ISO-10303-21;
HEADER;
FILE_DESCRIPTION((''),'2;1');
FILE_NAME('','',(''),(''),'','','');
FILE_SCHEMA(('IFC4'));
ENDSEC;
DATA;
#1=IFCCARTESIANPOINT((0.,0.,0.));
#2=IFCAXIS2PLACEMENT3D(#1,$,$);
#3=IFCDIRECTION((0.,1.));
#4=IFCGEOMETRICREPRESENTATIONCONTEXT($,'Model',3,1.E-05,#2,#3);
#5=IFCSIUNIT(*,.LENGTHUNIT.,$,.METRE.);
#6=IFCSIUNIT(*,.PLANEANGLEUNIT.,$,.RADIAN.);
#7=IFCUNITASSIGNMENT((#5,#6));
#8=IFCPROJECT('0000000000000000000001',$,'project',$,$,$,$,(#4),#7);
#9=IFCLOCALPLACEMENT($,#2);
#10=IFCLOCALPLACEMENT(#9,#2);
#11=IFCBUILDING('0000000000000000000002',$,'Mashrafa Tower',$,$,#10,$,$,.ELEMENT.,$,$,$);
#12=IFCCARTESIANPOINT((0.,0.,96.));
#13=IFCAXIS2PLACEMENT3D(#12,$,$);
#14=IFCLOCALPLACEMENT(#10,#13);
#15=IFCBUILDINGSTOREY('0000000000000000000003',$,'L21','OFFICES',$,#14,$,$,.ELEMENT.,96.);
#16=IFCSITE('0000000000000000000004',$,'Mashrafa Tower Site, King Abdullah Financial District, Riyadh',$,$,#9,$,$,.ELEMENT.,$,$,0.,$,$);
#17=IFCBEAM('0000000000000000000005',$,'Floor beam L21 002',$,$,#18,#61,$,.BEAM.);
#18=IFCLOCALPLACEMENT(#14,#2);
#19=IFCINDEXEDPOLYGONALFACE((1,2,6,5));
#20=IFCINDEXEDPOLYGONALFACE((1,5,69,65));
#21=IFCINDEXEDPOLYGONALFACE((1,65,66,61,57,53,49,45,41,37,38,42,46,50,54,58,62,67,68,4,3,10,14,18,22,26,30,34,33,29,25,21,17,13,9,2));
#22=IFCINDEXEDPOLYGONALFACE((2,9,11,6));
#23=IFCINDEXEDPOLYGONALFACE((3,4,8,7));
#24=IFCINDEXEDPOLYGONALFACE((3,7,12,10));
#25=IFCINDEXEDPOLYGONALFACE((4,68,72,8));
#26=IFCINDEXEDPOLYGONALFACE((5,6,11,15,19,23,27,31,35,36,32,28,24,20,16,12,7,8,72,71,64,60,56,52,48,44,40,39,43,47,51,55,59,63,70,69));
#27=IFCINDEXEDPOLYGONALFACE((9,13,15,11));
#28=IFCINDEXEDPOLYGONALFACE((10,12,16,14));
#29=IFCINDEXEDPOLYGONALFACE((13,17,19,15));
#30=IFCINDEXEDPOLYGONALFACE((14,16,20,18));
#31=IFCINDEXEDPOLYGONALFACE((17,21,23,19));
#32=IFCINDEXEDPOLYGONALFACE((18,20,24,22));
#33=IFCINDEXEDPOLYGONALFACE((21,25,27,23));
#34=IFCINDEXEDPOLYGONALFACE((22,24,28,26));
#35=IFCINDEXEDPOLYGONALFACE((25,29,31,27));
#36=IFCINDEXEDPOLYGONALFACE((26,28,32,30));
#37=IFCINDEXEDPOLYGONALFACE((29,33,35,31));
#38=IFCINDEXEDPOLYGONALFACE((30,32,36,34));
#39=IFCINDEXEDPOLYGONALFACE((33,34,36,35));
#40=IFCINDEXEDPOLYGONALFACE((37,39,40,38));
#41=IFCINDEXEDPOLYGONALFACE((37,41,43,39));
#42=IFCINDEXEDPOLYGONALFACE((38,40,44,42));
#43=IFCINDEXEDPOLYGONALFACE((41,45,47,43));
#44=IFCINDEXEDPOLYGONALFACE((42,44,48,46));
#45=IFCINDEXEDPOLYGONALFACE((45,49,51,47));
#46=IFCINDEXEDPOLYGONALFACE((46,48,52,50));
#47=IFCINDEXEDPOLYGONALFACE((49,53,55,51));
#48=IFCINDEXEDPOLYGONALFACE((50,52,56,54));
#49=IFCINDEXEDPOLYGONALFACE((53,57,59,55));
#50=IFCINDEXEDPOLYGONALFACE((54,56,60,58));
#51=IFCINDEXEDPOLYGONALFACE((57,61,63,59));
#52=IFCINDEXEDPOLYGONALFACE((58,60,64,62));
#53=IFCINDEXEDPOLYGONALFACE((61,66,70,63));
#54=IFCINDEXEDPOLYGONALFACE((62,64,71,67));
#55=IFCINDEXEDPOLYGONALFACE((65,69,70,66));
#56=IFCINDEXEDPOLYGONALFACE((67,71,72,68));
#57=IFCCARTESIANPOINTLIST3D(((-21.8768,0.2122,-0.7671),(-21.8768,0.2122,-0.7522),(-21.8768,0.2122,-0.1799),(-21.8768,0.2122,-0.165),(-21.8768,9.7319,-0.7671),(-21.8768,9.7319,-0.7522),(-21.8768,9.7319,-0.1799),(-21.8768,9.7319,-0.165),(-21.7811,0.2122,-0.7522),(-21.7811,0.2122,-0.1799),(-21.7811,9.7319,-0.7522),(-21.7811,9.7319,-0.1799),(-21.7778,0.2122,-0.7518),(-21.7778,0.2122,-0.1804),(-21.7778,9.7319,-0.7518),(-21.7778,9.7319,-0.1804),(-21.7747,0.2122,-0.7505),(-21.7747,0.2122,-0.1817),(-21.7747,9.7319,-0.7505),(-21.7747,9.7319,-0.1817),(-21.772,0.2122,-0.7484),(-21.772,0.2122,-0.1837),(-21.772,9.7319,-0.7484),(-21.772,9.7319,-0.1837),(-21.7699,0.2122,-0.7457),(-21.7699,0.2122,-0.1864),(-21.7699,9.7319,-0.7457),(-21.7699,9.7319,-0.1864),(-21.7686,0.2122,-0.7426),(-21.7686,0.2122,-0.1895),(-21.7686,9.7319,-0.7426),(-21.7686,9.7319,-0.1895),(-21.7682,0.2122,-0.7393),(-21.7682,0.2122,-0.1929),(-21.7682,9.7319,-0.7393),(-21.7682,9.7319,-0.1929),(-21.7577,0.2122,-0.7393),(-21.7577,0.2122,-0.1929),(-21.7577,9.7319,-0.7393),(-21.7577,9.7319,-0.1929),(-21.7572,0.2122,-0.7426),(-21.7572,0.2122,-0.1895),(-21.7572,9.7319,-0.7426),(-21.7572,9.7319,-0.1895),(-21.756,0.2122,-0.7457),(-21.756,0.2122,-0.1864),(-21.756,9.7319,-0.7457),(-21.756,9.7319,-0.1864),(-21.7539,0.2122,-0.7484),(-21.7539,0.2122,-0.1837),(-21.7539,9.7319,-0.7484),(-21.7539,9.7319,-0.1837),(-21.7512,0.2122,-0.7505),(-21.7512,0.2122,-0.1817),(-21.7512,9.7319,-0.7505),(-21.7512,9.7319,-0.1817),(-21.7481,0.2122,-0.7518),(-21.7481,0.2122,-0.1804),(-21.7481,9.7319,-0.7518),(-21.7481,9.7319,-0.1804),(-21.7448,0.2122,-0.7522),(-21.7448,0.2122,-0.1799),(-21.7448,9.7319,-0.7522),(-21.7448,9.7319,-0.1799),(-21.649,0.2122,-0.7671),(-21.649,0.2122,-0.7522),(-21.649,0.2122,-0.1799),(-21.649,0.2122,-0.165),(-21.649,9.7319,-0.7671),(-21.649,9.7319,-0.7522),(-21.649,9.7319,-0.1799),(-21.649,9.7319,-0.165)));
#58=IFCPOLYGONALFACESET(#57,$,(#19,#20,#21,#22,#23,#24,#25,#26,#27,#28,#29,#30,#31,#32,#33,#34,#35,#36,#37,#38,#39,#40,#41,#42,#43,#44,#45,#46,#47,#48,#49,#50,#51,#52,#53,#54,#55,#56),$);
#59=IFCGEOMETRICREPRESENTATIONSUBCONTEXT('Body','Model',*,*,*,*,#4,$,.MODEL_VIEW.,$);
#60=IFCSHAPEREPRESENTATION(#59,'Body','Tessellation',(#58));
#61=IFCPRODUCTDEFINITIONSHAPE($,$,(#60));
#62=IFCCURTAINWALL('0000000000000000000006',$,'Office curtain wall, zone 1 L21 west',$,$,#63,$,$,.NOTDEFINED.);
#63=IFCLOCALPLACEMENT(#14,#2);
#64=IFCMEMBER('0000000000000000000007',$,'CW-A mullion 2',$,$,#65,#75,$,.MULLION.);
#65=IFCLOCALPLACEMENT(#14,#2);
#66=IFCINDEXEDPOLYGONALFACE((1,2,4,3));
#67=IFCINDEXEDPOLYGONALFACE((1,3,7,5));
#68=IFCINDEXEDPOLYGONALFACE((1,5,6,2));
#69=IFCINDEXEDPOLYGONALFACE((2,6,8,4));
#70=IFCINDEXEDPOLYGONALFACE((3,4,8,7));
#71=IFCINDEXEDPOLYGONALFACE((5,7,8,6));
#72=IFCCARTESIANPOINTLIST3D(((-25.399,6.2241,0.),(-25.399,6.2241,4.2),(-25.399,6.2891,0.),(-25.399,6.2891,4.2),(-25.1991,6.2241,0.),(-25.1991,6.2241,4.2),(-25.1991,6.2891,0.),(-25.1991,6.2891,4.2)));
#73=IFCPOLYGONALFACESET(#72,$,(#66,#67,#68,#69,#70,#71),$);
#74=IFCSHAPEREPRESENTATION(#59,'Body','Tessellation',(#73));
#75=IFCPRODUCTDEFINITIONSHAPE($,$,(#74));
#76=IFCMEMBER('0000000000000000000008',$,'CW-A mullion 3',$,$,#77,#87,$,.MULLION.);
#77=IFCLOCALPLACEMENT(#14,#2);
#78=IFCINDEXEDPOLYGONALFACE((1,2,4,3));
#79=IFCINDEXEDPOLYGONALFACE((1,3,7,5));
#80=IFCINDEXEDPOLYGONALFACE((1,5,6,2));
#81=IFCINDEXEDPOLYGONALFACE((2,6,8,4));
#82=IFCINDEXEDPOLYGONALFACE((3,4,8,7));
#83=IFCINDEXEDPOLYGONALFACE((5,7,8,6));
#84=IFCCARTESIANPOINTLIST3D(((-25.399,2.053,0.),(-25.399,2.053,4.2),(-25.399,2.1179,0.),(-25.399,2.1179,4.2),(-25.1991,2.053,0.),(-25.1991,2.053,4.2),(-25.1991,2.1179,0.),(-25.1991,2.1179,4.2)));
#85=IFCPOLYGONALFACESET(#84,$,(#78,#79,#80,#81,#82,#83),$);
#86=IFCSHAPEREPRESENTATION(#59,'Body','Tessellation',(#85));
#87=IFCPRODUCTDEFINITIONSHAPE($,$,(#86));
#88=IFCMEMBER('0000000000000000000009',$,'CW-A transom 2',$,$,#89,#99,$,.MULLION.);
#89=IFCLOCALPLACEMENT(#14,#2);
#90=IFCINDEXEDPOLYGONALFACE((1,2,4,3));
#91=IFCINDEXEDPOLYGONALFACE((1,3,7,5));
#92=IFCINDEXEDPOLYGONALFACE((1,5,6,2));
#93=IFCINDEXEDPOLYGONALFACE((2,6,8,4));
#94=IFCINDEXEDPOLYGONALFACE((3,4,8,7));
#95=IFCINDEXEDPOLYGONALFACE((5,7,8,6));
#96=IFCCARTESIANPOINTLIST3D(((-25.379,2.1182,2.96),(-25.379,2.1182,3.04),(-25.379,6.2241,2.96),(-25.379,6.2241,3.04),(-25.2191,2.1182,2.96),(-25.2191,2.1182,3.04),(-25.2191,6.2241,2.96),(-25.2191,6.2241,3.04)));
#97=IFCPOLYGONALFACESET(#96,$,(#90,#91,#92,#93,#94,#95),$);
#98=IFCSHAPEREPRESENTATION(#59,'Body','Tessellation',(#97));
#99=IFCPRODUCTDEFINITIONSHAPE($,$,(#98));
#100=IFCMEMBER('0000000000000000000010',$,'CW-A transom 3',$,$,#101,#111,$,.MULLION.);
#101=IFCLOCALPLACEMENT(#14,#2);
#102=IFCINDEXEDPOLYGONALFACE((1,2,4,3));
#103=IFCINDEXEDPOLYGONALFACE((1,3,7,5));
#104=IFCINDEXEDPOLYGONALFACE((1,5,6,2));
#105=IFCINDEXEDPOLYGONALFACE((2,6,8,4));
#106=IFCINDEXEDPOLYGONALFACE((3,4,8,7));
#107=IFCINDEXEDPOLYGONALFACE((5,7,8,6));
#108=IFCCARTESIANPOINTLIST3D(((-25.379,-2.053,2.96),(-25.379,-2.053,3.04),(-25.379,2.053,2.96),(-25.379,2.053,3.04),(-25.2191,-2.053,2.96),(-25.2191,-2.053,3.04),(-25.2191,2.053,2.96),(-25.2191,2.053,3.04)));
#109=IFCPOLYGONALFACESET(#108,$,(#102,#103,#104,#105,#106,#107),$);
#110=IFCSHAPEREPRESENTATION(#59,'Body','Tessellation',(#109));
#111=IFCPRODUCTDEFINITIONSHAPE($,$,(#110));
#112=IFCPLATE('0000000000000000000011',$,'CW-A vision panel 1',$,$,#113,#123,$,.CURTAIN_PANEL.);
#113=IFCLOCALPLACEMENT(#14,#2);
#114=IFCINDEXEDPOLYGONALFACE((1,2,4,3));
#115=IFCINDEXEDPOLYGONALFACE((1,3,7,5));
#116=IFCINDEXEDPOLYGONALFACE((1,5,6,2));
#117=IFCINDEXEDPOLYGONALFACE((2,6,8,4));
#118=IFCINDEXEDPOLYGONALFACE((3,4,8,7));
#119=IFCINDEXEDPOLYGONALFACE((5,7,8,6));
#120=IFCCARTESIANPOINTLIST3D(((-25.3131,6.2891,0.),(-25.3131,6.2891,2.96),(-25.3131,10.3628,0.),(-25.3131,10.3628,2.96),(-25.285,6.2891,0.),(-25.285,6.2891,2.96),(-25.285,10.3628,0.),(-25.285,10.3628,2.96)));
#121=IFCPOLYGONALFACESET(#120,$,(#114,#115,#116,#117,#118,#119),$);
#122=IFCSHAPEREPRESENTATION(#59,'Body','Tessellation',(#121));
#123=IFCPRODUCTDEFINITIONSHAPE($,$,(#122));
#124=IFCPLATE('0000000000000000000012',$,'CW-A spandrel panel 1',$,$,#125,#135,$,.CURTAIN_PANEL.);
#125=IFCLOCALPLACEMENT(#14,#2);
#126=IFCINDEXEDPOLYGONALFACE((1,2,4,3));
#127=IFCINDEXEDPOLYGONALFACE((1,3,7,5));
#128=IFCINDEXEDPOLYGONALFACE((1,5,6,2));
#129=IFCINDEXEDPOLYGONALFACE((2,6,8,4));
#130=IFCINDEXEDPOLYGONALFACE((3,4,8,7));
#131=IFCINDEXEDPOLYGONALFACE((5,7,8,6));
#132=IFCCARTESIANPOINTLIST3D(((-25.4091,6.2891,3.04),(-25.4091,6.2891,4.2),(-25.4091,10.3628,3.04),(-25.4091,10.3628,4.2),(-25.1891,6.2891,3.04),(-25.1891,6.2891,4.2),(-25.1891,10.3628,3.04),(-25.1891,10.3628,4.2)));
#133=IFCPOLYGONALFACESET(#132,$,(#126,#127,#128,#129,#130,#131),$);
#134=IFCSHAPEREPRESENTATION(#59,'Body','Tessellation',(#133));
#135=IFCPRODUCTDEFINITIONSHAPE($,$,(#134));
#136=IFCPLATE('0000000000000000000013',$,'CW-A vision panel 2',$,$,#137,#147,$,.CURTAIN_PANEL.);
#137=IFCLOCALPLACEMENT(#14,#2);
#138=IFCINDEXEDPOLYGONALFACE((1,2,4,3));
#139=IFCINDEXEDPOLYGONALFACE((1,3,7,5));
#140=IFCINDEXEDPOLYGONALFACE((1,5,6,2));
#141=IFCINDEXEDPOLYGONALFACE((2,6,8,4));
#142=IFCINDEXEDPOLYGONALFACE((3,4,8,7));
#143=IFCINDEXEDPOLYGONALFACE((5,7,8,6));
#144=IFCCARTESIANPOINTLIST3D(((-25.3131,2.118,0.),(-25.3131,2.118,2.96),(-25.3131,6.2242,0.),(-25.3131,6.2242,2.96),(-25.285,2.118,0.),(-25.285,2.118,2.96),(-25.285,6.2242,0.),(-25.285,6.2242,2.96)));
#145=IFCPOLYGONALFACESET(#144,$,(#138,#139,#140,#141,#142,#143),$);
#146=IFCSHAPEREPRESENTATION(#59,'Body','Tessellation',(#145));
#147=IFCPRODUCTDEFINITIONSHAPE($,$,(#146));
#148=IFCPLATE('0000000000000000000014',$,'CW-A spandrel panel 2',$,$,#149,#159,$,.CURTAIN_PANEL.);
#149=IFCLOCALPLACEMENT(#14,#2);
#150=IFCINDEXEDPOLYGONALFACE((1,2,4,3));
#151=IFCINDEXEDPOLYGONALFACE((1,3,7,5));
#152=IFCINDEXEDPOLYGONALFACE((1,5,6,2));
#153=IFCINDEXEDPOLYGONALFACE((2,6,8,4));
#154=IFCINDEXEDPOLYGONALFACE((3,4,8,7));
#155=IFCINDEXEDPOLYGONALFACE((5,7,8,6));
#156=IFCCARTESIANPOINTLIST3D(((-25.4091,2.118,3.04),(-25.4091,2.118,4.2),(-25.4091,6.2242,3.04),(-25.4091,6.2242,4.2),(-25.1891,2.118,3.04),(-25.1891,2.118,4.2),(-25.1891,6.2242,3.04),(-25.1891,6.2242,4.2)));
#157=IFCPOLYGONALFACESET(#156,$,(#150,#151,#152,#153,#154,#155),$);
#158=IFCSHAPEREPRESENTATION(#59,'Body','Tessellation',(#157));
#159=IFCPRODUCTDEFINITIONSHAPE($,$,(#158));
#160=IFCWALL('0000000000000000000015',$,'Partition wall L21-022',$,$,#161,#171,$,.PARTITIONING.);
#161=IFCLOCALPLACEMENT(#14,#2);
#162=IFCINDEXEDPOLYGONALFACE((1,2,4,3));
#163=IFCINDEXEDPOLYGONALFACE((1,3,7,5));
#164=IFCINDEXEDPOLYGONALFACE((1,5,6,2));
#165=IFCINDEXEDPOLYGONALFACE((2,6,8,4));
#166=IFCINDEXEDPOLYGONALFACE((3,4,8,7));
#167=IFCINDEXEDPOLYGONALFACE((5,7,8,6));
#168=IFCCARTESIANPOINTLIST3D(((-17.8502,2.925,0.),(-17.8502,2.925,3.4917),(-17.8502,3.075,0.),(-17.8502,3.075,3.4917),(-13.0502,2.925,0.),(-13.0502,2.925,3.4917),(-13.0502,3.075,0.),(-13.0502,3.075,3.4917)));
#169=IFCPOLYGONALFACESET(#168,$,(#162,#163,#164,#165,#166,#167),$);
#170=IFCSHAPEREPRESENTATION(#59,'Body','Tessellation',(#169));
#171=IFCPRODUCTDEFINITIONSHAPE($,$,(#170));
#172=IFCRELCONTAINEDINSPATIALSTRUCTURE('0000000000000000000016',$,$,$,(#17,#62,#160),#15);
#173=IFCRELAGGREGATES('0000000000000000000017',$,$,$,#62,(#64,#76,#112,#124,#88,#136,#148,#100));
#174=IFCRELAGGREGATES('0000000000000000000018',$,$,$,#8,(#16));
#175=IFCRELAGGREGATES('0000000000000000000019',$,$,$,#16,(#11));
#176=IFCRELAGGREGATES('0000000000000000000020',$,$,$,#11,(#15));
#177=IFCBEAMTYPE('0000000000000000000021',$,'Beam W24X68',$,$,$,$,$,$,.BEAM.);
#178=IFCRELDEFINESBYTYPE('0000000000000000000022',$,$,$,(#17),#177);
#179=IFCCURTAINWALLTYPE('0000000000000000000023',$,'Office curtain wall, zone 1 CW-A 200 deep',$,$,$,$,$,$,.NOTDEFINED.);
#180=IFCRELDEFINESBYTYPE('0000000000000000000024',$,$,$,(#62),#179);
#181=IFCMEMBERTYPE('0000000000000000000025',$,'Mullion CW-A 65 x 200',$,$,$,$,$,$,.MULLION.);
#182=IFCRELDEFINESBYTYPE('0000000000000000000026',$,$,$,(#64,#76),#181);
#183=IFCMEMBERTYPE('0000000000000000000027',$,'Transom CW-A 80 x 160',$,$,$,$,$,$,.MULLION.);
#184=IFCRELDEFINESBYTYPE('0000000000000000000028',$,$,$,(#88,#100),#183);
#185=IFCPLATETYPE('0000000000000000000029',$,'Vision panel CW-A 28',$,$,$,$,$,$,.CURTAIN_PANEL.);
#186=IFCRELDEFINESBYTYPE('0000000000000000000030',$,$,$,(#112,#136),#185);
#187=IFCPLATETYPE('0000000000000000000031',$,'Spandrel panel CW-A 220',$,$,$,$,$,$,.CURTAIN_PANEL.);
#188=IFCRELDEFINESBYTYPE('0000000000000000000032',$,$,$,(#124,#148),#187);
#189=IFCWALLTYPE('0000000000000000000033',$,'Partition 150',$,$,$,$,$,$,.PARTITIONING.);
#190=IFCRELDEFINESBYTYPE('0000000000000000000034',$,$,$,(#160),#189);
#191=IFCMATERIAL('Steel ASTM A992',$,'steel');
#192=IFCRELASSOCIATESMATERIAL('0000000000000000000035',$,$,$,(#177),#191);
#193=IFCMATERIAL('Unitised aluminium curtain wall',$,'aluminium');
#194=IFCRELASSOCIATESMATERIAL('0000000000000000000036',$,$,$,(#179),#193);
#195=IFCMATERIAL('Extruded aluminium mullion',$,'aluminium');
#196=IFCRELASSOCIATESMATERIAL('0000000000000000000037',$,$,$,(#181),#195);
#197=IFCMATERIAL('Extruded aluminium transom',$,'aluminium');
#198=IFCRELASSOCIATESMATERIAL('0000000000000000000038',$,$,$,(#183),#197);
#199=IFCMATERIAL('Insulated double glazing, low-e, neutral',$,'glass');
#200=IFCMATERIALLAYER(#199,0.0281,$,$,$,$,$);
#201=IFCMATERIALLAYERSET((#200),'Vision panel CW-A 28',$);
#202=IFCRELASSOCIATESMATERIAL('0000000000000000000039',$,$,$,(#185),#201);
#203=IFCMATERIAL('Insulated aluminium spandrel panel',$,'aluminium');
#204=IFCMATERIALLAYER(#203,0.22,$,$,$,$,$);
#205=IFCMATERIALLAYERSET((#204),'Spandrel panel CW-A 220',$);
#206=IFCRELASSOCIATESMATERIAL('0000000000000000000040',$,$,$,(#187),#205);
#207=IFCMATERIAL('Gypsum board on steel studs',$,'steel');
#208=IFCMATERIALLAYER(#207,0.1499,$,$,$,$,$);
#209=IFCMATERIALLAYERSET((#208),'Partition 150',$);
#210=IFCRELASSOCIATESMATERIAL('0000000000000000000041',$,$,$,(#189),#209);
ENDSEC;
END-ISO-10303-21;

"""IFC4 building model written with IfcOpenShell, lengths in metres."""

from ifc_helpers import new_model, si_unit, direction, frame, frame_2d, origin, origin_2d, place, context, subcontext, project, spatial, rectangle, i_section, extrude, source, transform, mapped, material, layer, layer_set, material_profile, profile_set, type_object, type_shapes, element, aggregate, save


model = new_model("IFC4")

# Units and contexts
model_context = context("Model", 3, precision=1e-05, world=origin(), true_north=direction((0.0, 1.0)))
body_context = subcontext(model_context, "Body", "Model", "MODEL_VIEW")
ifc_project = project(units=[si_unit("LENGTHUNIT", "METRE"), si_unit("PLANEANGLEUNIT", "RADIAN")], contexts=[model_context])

# Site, building, storey
site_placement = place(None, origin())
site = spatial("IfcSite", under=ifc_project, at=site_placement, Name="Mashrafa Tower Site, King Abdullah Financial District, Riyadh", CompositionType="ELEMENT", RefElevation=0.0)
building_placement = place(site_placement, origin())
building = spatial("IfcBuilding", under=site, at=building_placement, Name="Mashrafa Tower", CompositionType="ELEMENT")
storey_placement = place(building_placement, frame((0.0, 0.0, 96.0)))
storey = spatial("IfcBuildingStorey", under=building, at=storey_placement, Name="L21", Description="OFFICES", CompositionType="ELEMENT", Elevation=96.0)

# Beam
ifc_material_1 = material(Name="Steel ASTM A992", Category="steel")
ifc_material_profile_1 = material_profile(ifc_material_1, i_section(OverallWidth=0.2278, OverallDepth=0.6021, WebThickness=0.0105, FlangeThickness=0.0149, FilletRadius=0.0129, at=origin_2d()), Name="W24X68")
ifc_profile_set_1 = profile_set([ifc_material_profile_1], Name="Steel ASTM A992")
beam_type_1 = type_object("IfcBeamType", Name="Beam W24X68", PredefinedType="BEAM", material=ifc_profile_set_1)
beam_1_placement = place(storey_placement, frame((-21.7629, 0.2122, -0.4661), z_axis=(0.0, 1.0, 0.0), x_axis=(-1.0, 0.0, 0.0)))
element("IfcBeam", 1, at=beam_1_placement, inside=storey, type_object=beam_type_1, Name="Floor beam L21 002", PredefinedType="BEAM", context=body_context, shape_type="SweptSolid", body=[
    extrude(i_section(OverallWidth=0.2278, OverallDepth=0.6021, WebThickness=0.0105, FlangeThickness=0.0149, FilletRadius=0.0129, at=origin_2d()), origin(), (0.0, 0.0, 1.0), 9.5198),
])

# Curtain wall, members, plates
ifc_material_2 = material(Name="Unitised aluminium curtain wall", Category="aluminium")
curtain_wall_type = type_object("IfcCurtainWallType", Name="Office curtain wall, zone 1 CW-A 200 deep", PredefinedType="NOTDEFINED", material=ifc_material_2)
curtain_wall_placement = place(storey_placement, origin())
curtain_wall = element("IfcCurtainWall", 2, at=curtain_wall_placement, inside=storey, type_object=curtain_wall_type, Name="Office curtain wall, zone 1 L21 west", PredefinedType="NOTDEFINED")
ifc_material_3 = material(Name="Extruded aluminium mullion", Category="aluminium")
ifc_material_profile_2 = material_profile(ifc_material_3, rectangle(XDim=0.2, YDim=0.0649, at=origin_2d()), Name="Mullion 65x200")
ifc_profile_set_2 = profile_set([ifc_material_profile_2], Name="Extruded aluminium mullion")
member_type_1 = type_object("IfcMemberType", Name="Mullion CW-A 65 x 200", PredefinedType="MULLION", material=ifc_profile_set_2)
shared_shape_1 = source(origin(), body_context, "Body", "SweptSolid", [
    extrude(rectangle(XDim=0.2, YDim=0.0649, at=origin_2d()), origin(), (0.0, 0.0, 1.0), 4.2),
])
type_shapes(member_type_1, [shared_shape_1])
member_1_placement = place(storey_placement, frame((-25.2991, 6.2566, 0.0), z_axis=(0.0, 0.0, 1.0), x_axis=(1.0, 0.0, 0.0)))
member_1 = element("IfcMember", 3, at=member_1_placement, type_object=member_type_1, Name="CW-A mullion 2", PredefinedType="MULLION", context=body_context, shape_type="MappedRepresentation", body=[
    mapped(shared_shape_1, transform((0.0, 0.0, 0.0))),
])
member_2_placement = place(storey_placement, frame((-25.2991, 2.0854, 0.0), z_axis=(0.0, 0.0, 1.0), x_axis=(1.0, 0.0, 0.0)))
member_2 = element("IfcMember", 4, at=member_2_placement, type_object=member_type_1, Name="CW-A mullion 3", PredefinedType="MULLION", context=body_context, shape_type="MappedRepresentation", body=[
    mapped(shared_shape_1, transform((0.0, 0.0, 0.0))),
])
ifc_material_4 = material(Name="Extruded aluminium transom", Category="aluminium")
ifc_material_profile_3 = material_profile(ifc_material_4, rectangle(XDim=0.1599, YDim=0.0801, at=origin_2d()), Name="Transom 80x160")
ifc_profile_set_3 = profile_set([ifc_material_profile_3], Name="Extruded aluminium transom")
member_type_2 = type_object("IfcMemberType", Name="Transom CW-A 80 x 160", PredefinedType="MULLION", material=ifc_profile_set_3)
shared_shape_2 = source(origin(), body_context, "Body", "SweptSolid", [
    extrude(rectangle(XDim=0.1599, YDim=0.0801, at=origin_2d()), origin(), (0.0, 0.0, 1.0), 4.106),
])
type_shapes(member_type_2, [shared_shape_2])
member_3_placement = place(storey_placement, frame((-25.2991, 6.2241, 3.0), z_axis=(0.0, -1.0, 0.0), x_axis=(1.0, 0.0, 0.0)))
member_3 = element("IfcMember", 5, at=member_3_placement, type_object=member_type_2, Name="CW-A transom 2", PredefinedType="MULLION", context=body_context, shape_type="MappedRepresentation", body=[
    mapped(shared_shape_2, transform((0.0, 0.0, 0.0))),
])
member_4_placement = place(storey_placement, frame((-25.2991, 2.053, 3.0), z_axis=(0.0, -1.0, 0.0), x_axis=(1.0, 0.0, 0.0)))
member_4 = element("IfcMember", 6, at=member_4_placement, type_object=member_type_2, Name="CW-A transom 3", PredefinedType="MULLION", context=body_context, shape_type="MappedRepresentation", body=[
    mapped(shared_shape_2, transform((0.0, 0.0, 0.0))),
])
ifc_material_5 = material(Name="Insulated double glazing, low-e, neutral", Category="glass")
ifc_layer_1 = layer(ifc_material_5, 0.0281)
ifc_layer_set_1 = layer_set([ifc_layer_1], Name="Vision panel CW-A 28")
plate_type_1 = type_object("IfcPlateType", Name="Vision panel CW-A 28", PredefinedType="CURTAIN_PANEL", material=ifc_layer_set_1)
shared_shape_3 = source(origin(), body_context, "Body", "SweptSolid", [
    extrude(rectangle(XDim=4.0737, YDim=0.0281, at=origin_2d()), origin(), (0.0, 0.0, 1.0), 2.96),
])
plate_1_placement = place(storey_placement, frame((-25.2991, 8.3259, 0.0), z_axis=(0.0, 0.0, 1.0), x_axis=(0.0, -1.0, 0.0)))
plate_1 = element("IfcPlate", 7, at=plate_1_placement, type_object=plate_type_1, Name="CW-A vision panel 1", PredefinedType="CURTAIN_PANEL", context=body_context, shape_type="MappedRepresentation", body=[
    mapped(shared_shape_3, transform((0.0, 0.0, 0.0))),
])
ifc_material_6 = material(Name="Insulated aluminium spandrel panel", Category="aluminium")
ifc_layer_2 = layer(ifc_material_6, 0.22)
ifc_layer_set_2 = layer_set([ifc_layer_2], Name="Spandrel panel CW-A 220")
plate_type_2 = type_object("IfcPlateType", Name="Spandrel panel CW-A 220", PredefinedType="CURTAIN_PANEL", material=ifc_layer_set_2)
shared_shape_4 = source(origin(), body_context, "Body", "SweptSolid", [
    extrude(rectangle(XDim=4.0737, YDim=0.22, at=origin_2d()), origin(), (0.0, 0.0, 1.0), 1.1599),
])
plate_2_placement = place(storey_placement, frame((-25.2991, 8.3259, 3.04), z_axis=(0.0, 0.0, 1.0), x_axis=(0.0, -1.0, 0.0)))
plate_2 = element("IfcPlate", 8, at=plate_2_placement, type_object=plate_type_2, Name="CW-A spandrel panel 1", PredefinedType="CURTAIN_PANEL", context=body_context, shape_type="MappedRepresentation", body=[
    mapped(shared_shape_4, transform((0.0, 0.0, 0.0))),
])
shared_shape_5 = source(origin(), body_context, "Body", "SweptSolid", [
    extrude(rectangle(XDim=4.1062, YDim=0.0281, at=origin_2d()), origin(), (0.0, 0.0, 1.0), 2.96),
])
type_shapes(plate_type_1, [shared_shape_3, shared_shape_5])
plate_3_placement = place(storey_placement, frame((-25.2991, 4.1711, 0.0), z_axis=(0.0, 0.0, 1.0), x_axis=(0.0, -1.0, 0.0)))
plate_3 = element("IfcPlate", 9, at=plate_3_placement, type_object=plate_type_1, Name="CW-A vision panel 2", PredefinedType="CURTAIN_PANEL", context=body_context, shape_type="MappedRepresentation", body=[
    mapped(shared_shape_5, transform((0.0, 0.0, 0.0))),
])
shared_shape_6 = source(origin(), body_context, "Body", "SweptSolid", [
    extrude(rectangle(XDim=4.1062, YDim=0.22, at=origin_2d()), origin(), (0.0, 0.0, 1.0), 1.1599),
])
type_shapes(plate_type_2, [shared_shape_4, shared_shape_6])
plate_4_placement = place(storey_placement, frame((-25.2991, 4.1711, 3.04), z_axis=(0.0, 0.0, 1.0), x_axis=(0.0, -1.0, 0.0)))
plate_4 = element("IfcPlate", 10, at=plate_4_placement, type_object=plate_type_2, Name="CW-A spandrel panel 2", PredefinedType="CURTAIN_PANEL", context=body_context, shape_type="MappedRepresentation", body=[
    mapped(shared_shape_6, transform((0.0, 0.0, 0.0))),
])
aggregate(curtain_wall, [member_1, member_2, plate_1, plate_2, member_3, plate_3, plate_4, member_4])

# Wall
ifc_material_7 = material(Name="Gypsum board on steel studs", Category="steel")
ifc_layer_3 = layer(ifc_material_7, 0.1499)
ifc_layer_set_3 = layer_set([ifc_layer_3], Name="Partition 150")
wall_type = type_object("IfcWallType", Name="Partition 150", PredefinedType="PARTITIONING", material=ifc_layer_set_3)
wall_1_placement = place(storey_placement, frame((-17.8501, 3.0, 0.0), z_axis=(0.0, 0.0, 1.0), x_axis=(1.0, 0.0, 0.0)))
element("IfcWall", 11, at=wall_1_placement, inside=storey, type_object=wall_type, Name="Partition wall L21-022", PredefinedType="PARTITIONING", context=body_context, shape_type="SweptSolid", body=[
    extrude(rectangle(XDim=4.8, YDim=0.1499, at=frame_2d((2.3999, 0.0))), origin(), (0.0, 0.0, 1.0), 3.4917),
])

save(model, "model.ifc")
